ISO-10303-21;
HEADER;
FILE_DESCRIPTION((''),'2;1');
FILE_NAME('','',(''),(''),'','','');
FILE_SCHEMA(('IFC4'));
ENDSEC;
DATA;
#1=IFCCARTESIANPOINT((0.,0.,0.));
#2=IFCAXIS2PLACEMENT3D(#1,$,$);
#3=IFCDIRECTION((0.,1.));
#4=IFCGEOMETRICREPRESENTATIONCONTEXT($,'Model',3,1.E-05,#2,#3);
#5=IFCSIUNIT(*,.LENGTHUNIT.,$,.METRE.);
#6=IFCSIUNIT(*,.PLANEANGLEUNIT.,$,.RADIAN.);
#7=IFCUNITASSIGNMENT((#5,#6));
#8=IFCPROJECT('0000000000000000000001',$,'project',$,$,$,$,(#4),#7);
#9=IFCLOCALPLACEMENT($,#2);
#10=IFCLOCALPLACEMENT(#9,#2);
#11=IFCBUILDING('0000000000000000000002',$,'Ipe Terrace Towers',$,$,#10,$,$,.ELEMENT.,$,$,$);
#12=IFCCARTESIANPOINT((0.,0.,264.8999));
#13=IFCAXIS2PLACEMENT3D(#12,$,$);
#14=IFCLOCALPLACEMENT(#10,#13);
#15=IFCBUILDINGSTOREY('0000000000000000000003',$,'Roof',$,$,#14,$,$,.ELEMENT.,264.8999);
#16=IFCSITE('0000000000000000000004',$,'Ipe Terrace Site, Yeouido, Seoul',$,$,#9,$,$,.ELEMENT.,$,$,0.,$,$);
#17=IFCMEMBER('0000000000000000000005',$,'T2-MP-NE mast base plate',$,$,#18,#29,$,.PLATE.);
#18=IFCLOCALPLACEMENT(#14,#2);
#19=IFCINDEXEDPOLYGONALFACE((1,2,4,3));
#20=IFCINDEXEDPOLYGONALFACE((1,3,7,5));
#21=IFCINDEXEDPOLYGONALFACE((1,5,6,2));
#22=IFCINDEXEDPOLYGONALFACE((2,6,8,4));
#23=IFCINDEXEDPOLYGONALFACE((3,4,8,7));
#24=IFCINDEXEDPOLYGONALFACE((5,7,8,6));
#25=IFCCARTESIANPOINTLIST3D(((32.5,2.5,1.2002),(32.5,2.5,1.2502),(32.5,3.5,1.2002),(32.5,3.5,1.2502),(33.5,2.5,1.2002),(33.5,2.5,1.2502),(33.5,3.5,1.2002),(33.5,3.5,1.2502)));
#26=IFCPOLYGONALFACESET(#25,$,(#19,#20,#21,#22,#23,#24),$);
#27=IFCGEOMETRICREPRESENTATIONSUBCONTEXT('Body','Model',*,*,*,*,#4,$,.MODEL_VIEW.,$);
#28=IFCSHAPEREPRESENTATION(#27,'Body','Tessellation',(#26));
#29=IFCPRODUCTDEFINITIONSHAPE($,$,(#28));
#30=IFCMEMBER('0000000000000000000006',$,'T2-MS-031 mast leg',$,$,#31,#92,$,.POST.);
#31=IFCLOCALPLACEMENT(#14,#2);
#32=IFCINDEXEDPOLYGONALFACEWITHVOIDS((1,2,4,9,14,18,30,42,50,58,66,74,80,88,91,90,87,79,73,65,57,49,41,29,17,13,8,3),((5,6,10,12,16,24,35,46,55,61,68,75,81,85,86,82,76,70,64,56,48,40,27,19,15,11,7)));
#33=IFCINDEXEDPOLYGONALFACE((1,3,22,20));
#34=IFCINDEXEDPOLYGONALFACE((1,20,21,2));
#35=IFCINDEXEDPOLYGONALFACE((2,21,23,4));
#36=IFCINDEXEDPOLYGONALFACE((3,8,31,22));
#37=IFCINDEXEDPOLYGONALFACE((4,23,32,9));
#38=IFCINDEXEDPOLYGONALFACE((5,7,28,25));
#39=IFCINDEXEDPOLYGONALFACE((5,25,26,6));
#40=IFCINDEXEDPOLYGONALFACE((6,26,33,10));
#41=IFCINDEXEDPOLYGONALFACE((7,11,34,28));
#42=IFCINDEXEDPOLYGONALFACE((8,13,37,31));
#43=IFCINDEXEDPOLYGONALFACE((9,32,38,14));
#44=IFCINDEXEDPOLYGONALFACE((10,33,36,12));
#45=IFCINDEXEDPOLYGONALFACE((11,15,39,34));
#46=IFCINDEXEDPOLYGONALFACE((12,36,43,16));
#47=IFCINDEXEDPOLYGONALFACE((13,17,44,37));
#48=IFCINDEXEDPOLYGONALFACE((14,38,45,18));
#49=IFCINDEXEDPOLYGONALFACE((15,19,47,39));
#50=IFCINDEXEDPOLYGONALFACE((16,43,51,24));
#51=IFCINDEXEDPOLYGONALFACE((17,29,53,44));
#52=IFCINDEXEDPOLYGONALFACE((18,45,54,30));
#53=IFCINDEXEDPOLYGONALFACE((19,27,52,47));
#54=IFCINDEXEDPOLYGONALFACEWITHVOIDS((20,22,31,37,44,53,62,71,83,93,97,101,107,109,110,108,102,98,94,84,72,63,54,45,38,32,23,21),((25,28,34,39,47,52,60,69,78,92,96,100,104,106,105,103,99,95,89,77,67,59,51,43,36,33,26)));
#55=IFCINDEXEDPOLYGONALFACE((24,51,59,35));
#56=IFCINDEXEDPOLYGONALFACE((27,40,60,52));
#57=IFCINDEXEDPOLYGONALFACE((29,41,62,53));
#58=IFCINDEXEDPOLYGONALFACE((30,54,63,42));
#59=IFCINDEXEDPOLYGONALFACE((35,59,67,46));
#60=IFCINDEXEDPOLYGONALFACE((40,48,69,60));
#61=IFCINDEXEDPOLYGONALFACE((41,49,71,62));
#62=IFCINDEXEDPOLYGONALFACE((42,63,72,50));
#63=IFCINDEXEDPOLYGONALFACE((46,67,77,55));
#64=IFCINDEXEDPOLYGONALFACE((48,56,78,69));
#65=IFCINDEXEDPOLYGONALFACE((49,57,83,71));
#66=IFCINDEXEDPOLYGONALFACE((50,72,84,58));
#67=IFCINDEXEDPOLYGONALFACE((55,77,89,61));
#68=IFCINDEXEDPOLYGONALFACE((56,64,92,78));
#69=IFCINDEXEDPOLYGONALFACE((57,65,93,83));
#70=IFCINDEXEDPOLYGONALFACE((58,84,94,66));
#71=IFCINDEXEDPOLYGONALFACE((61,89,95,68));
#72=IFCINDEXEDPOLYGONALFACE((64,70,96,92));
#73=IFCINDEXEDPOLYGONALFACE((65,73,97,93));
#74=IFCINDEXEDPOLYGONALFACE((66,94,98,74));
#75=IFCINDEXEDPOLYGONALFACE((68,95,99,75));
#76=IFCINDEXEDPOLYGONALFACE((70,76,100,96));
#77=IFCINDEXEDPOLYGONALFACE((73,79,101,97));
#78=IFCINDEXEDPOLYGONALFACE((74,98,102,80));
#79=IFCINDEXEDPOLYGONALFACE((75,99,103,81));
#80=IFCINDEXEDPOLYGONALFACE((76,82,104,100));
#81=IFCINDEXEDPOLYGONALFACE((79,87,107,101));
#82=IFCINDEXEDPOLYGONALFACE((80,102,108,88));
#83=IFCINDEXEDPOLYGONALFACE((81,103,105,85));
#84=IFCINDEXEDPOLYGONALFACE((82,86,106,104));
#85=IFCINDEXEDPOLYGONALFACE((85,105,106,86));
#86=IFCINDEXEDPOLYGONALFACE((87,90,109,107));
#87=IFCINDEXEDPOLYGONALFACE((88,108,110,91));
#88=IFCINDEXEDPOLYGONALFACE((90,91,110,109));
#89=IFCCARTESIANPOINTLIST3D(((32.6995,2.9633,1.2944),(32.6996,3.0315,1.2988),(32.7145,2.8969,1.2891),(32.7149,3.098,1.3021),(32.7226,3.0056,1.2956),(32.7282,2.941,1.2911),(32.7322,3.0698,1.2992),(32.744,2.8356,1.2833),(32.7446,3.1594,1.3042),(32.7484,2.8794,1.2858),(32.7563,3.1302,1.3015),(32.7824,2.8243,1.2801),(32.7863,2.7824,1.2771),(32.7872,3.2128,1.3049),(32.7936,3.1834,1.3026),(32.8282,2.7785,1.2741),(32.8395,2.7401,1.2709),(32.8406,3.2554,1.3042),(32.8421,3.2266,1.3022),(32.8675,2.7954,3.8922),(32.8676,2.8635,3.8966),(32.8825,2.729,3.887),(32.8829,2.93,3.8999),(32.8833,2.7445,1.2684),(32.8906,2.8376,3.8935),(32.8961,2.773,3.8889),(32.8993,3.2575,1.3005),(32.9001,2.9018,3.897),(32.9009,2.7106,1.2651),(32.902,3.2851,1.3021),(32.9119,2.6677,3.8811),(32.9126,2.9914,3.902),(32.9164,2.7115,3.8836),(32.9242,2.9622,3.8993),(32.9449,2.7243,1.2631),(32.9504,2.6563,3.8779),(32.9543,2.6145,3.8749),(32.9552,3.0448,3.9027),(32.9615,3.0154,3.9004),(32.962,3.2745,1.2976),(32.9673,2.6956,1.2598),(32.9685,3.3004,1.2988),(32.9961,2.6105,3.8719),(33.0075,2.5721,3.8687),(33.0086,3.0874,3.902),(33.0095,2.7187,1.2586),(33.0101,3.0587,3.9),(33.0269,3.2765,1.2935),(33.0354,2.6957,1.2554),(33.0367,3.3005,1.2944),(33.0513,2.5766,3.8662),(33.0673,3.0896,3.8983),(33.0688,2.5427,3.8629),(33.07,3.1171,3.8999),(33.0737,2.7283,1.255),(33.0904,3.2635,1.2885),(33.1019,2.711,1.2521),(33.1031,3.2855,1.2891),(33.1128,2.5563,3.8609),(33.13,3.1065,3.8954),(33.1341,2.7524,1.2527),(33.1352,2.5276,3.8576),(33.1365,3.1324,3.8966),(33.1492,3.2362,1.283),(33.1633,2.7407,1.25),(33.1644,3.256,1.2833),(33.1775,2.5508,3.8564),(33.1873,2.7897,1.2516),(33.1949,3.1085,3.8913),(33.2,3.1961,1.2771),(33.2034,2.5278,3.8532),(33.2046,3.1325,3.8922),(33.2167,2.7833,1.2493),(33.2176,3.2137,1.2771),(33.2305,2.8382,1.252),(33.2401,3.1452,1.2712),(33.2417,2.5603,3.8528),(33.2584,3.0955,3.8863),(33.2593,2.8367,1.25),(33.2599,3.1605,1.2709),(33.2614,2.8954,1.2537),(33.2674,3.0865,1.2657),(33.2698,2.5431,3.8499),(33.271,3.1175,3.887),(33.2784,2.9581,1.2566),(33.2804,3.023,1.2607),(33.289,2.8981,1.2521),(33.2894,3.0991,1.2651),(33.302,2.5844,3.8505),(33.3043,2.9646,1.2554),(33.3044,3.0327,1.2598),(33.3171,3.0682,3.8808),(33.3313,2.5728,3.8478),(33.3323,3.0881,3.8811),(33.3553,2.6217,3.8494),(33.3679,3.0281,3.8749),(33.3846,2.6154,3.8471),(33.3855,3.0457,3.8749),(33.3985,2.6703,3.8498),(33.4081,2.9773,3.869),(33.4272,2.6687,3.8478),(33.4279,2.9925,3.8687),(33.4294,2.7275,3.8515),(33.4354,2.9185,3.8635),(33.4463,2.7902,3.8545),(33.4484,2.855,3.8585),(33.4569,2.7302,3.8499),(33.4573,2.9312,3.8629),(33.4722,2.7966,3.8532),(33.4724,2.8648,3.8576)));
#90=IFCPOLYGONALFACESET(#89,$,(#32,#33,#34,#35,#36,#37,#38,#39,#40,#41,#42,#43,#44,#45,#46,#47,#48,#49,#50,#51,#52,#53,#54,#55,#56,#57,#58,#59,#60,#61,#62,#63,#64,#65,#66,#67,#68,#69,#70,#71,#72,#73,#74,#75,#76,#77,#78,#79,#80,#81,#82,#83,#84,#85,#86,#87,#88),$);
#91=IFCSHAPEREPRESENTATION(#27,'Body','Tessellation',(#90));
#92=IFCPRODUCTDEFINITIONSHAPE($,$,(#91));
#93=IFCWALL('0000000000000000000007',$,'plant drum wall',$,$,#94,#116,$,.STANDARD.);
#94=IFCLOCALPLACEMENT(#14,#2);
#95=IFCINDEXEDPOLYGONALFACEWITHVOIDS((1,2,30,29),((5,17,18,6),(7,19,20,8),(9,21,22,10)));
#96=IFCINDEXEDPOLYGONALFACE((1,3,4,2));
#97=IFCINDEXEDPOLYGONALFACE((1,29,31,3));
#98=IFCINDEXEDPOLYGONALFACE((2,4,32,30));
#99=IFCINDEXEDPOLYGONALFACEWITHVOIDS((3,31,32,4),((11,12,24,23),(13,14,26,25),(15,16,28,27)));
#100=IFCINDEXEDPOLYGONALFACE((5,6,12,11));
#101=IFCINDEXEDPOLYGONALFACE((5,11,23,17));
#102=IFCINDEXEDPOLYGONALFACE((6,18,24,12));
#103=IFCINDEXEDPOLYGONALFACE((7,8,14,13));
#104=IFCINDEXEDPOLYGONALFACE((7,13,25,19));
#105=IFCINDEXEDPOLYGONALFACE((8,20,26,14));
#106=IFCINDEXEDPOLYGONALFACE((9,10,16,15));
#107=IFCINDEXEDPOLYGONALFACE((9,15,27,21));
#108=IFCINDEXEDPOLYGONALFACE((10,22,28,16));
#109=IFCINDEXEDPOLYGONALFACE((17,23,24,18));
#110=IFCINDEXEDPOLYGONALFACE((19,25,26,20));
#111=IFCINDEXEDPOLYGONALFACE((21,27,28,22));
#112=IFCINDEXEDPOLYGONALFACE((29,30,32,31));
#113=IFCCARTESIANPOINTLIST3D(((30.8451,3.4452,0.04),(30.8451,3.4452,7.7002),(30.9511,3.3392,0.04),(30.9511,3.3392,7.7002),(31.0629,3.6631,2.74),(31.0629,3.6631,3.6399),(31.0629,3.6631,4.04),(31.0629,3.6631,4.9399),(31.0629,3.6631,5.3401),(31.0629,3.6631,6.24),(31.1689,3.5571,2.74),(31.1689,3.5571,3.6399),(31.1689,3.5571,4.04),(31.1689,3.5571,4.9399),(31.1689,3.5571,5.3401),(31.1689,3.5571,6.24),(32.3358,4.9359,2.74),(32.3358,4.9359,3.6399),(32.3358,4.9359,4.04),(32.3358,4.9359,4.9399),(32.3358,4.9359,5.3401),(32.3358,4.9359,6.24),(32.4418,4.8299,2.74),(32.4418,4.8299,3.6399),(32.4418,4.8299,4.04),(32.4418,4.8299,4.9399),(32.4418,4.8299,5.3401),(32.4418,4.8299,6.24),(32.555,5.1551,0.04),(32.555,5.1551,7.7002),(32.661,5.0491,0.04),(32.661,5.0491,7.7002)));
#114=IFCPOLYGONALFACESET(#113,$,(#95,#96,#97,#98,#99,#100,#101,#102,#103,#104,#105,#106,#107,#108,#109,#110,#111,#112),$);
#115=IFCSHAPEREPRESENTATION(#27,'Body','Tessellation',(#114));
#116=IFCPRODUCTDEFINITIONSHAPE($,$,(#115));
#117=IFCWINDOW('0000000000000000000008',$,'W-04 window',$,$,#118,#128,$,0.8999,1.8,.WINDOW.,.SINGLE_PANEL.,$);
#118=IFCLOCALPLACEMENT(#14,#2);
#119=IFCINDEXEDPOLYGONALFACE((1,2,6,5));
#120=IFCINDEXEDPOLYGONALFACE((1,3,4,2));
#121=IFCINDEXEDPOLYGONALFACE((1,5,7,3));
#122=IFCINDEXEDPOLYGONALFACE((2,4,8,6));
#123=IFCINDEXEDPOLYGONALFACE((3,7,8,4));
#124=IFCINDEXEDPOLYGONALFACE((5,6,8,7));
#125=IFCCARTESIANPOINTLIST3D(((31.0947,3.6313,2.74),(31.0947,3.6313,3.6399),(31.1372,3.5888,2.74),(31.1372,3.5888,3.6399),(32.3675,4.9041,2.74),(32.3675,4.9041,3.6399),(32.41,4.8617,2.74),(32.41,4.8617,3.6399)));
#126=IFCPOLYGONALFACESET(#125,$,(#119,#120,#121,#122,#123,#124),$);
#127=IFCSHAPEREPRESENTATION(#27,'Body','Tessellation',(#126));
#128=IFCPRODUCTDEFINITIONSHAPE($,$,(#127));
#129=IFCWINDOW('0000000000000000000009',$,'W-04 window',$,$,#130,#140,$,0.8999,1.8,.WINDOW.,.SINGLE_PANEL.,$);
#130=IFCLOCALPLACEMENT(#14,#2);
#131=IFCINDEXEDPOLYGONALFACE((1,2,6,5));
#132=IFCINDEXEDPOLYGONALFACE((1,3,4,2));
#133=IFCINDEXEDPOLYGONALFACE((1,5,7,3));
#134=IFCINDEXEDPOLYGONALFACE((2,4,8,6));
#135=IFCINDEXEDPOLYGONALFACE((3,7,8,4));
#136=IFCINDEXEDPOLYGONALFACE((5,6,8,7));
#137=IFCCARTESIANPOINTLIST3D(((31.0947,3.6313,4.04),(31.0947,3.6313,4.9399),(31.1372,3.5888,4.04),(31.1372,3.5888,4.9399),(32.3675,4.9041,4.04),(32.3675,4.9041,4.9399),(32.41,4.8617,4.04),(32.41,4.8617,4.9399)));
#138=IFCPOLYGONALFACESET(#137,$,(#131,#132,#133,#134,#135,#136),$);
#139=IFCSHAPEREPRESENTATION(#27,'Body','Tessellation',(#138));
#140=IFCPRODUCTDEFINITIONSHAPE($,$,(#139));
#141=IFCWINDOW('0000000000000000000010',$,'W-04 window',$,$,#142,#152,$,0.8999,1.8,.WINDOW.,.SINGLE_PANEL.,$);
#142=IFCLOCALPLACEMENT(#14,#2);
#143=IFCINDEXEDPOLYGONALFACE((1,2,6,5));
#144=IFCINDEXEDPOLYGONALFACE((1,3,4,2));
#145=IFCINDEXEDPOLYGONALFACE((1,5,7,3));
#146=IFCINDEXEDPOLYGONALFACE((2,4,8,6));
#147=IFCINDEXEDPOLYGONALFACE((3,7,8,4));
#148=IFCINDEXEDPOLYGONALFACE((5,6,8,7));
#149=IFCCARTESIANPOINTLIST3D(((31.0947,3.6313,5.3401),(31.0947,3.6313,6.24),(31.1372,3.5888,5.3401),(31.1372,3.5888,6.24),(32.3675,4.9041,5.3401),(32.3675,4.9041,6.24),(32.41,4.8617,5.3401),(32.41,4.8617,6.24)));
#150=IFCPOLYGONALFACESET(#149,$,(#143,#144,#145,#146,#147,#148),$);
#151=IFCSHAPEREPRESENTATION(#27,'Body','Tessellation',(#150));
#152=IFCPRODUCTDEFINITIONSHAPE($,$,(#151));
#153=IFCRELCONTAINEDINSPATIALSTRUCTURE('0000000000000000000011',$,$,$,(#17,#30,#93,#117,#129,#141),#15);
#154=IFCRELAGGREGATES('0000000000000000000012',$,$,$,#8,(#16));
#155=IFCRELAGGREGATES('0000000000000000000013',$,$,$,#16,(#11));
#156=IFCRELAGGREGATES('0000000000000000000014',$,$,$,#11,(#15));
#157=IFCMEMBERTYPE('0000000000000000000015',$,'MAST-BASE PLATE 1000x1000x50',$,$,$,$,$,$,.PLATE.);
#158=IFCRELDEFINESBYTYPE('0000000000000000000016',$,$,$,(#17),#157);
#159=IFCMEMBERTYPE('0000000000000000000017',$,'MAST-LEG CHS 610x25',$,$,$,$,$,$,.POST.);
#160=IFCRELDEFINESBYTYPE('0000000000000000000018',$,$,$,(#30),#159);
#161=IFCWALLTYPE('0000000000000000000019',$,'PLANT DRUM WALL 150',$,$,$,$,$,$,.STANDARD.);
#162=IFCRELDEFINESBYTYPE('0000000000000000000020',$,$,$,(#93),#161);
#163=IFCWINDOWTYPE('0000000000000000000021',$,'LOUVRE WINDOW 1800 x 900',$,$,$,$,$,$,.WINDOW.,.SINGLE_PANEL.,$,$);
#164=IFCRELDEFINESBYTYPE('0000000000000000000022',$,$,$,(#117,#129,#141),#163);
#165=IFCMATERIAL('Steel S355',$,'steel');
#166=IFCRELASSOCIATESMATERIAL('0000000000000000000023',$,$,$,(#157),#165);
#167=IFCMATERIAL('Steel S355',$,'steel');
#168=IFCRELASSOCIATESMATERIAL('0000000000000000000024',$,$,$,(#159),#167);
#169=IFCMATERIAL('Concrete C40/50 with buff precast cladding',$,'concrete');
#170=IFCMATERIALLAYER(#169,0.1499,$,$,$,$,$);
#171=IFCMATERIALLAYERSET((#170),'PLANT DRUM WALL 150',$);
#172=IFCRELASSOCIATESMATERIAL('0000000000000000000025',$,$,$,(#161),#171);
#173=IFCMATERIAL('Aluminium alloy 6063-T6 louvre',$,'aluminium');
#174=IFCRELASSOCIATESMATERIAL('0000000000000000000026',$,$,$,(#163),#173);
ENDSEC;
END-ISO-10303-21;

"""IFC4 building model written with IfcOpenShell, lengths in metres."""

from ifc_helpers import new_model, si_unit, direction, frame, frame_2d, origin, origin_2d, place, context, subcontext, project, spatial, rectangle, hollow_circle, extrude, material, layer, layer_set, material_profile, profile_set, type_object, element, fill, save


model = new_model("IFC4")

# Units and contexts
model_context = context("Model", 3, precision=1e-05, world=origin(), true_north=direction((0.0, 1.0)))
body_context = subcontext(model_context, "Body", "Model", "MODEL_VIEW")
ifc_project = project(units=[si_unit("LENGTHUNIT", "METRE"), si_unit("PLANEANGLEUNIT", "RADIAN")], contexts=[model_context])

# Site, building, storey
site_placement = place(None, origin())
site = spatial("IfcSite", under=ifc_project, at=site_placement, Name="Ipe Terrace Site, Yeouido, Seoul", CompositionType="ELEMENT", RefElevation=0.0)
building_placement = place(site_placement, origin())
building = spatial("IfcBuilding", under=site, at=building_placement, Name="Ipe Terrace Towers", CompositionType="ELEMENT")
storey_placement = place(building_placement, frame((0.0, 0.0, 264.8999)))
storey = spatial("IfcBuildingStorey", under=building, at=storey_placement, Name="Roof", CompositionType="ELEMENT", Elevation=264.8999)

# Members
ifc_material_1 = material(Name="Steel S355", Category="steel")
member_type_1 = type_object("IfcMemberType", Name="MAST-BASE PLATE 1000x1000x50", PredefinedType="PLATE", material=ifc_material_1)
member_1_placement = place(storey_placement, frame((33.0, 3.0, 1.2002), z_axis=(0.0, 0.0, 1.0), x_axis=(1.0, 0.0, 0.0)))
element("IfcMember", 1, at=member_1_placement, inside=storey, type_object=member_type_1, Name="T2-MP-NE mast base plate", PredefinedType="PLATE", context=body_context, shape_type="SweptSolid", body=[
    extrude(rectangle(XDim=1.0, YDim=1.0, at=origin_2d()), origin(), (0.0, 0.0, 1.0), 0.05),
])
ifc_material_2 = material(Name="Steel S355", Category="steel")
ifc_material_profile = material_profile(ifc_material_2, hollow_circle(Radius=0.3049, WallThickness=0.0249, at=origin_2d()), Name="MAST-LEG CHS 610x25")
ifc_profile_set = profile_set([ifc_material_profile], Name="Steel S355")
member_type_2 = type_object("IfcMemberType", Name="MAST-LEG CHS 610x25", PredefinedType="POST", material=ifc_profile_set)
member_2_placement = place(storey_placement, frame((33.002, 2.998, 1.2771), z_axis=(0.064387, -0.064387, 0.995846), x_axis=(0.707107, 0.707107, 0.0)))
element("IfcMember", 2, at=member_2_placement, inside=storey, type_object=member_type_2, Name="T2-MS-031 mast leg", PredefinedType="POST", context=body_context, shape_type="SweptSolid", body=[
    extrude(hollow_circle(Radius=0.3049, WallThickness=0.0249, at=origin_2d()), origin(), (0.0, 0.0, 1.0), 2.6086),
])

# Wall, openings, windows
ifc_material_3 = material(Name="Concrete C40/50 with buff precast cladding", Category="concrete")
ifc_layer_1 = layer(ifc_material_3, 0.1499)
ifc_layer_set_1 = layer_set([ifc_layer_1], Name="PLANT DRUM WALL 150")
wall_type_1 = type_object("IfcWallType", Name="PLANT DRUM WALL 150", PredefinedType="STANDARD", material=ifc_layer_set_1)
wall_1_placement = place(storey_placement, frame((32.6079, 5.1021, 0.04), z_axis=(0.0, 0.0, 1.0), x_axis=(-0.707107, -0.707107, 0.0)))
wall_1 = element("IfcWall", 3, at=wall_1_placement, inside=storey, type_object=wall_type_1, Name="plant drum wall", PredefinedType="STANDARD", context=body_context, shape_type="SweptSolid", body=[
    extrude(rectangle(XDim=2.4182, YDim=0.1499, at=frame_2d((1.209, 0.0))), origin(), (0.0, 0.0, 1.0), 7.6602),
])
opening_1_placement = place(wall_1_placement, frame((0.3101, 0.0, 2.7)))
opening_1 = element("IfcOpeningElement", 4, at=opening_1_placement, cuts=wall_1, PredefinedType="OPENING", context=body_context, shape_type="SweptSolid", body=[
    extrude(rectangle(XDim=1.8, YDim=0.8999, at=frame_2d((0.8999, 0.45))), frame((0.0, 0.085, 0.0), z_axis=(0.0, -1.0, 0.0), x_axis=(1.0, 0.0, 0.0)), (0.0, 0.0, 1.0), 0.1699),
])
opening_2_placement = place(wall_1_placement, frame((0.3101, 0.0, 4.0)))
opening_2 = element("IfcOpeningElement", 5, at=opening_2_placement, cuts=wall_1, PredefinedType="OPENING", context=body_context, shape_type="SweptSolid", body=[
    extrude(rectangle(XDim=1.8, YDim=0.8999, at=frame_2d((0.8999, 0.45))), frame((0.0, 0.085, 0.0), z_axis=(0.0, -1.0, 0.0), x_axis=(1.0, 0.0, 0.0)), (0.0, 0.0, 1.0), 0.1699),
])
opening_3_placement = place(wall_1_placement, frame((0.3101, 0.0, 5.3)))
opening_3 = element("IfcOpeningElement", 6, at=opening_3_placement, cuts=wall_1, PredefinedType="OPENING", context=body_context, shape_type="SweptSolid", body=[
    extrude(rectangle(XDim=1.8, YDim=0.8999, at=frame_2d((0.8999, 0.45))), frame((0.0, 0.085, 0.0), z_axis=(0.0, -1.0, 0.0), x_axis=(1.0, 0.0, 0.0)), (0.0, 0.0, 1.0), 0.1699),
])
ifc_material_4 = material(Name="Aluminium alloy 6063-T6 louvre", Category="aluminium")
window_type = type_object("IfcWindowType", Name="LOUVRE WINDOW 1800 x 900", PartitioningType="SINGLE_PANEL", PredefinedType="WINDOW", material=ifc_material_4)
window_1_placement = place(opening_1_placement, origin())
window_1 = element("IfcWindow", 7, at=window_1_placement, inside=storey, type_object=window_type, Name="W-04 window", OverallHeight=0.8999, OverallWidth=1.8, PartitioningType="SINGLE_PANEL", PredefinedType="WINDOW", context=body_context, shape_type="SweptSolid", body=[
    extrude(rectangle(XDim=1.8, YDim=0.8999, at=frame_2d((0.8999, 0.45))), frame((0.0, 0.03, 0.0), z_axis=(0.0, -1.0, 0.0), x_axis=(1.0, 0.0, 0.0)), (0.0, 0.0, 1.0), 0.0601),
])
fill(opening_1, window_1)
window_2_placement = place(opening_2_placement, origin())
window_2 = element("IfcWindow", 8, at=window_2_placement, inside=storey, type_object=window_type, Name="W-04 window", OverallHeight=0.8999, OverallWidth=1.8, PartitioningType="SINGLE_PANEL", PredefinedType="WINDOW", context=body_context, shape_type="SweptSolid", body=[
    extrude(rectangle(XDim=1.8, YDim=0.8999, at=frame_2d((0.8999, 0.45))), frame((0.0, 0.03, 0.0), z_axis=(0.0, -1.0, 0.0), x_axis=(1.0, 0.0, 0.0)), (0.0, 0.0, 1.0), 0.0601),
])
fill(opening_2, window_2)
window_3_placement = place(opening_3_placement, origin())
window_3 = element("IfcWindow", 9, at=window_3_placement, inside=storey, type_object=window_type, Name="W-04 window", OverallHeight=0.8999, OverallWidth=1.8, PartitioningType="SINGLE_PANEL", PredefinedType="WINDOW", context=body_context, shape_type="SweptSolid", body=[
    extrude(rectangle(XDim=1.8, YDim=0.8999, at=frame_2d((0.8999, 0.45))), frame((0.0, 0.03, 0.0), z_axis=(0.0, -1.0, 0.0), x_axis=(1.0, 0.0, 0.0)), (0.0, 0.0, 1.0), 0.0601),
])
fill(opening_3, window_3)

save(model, "model.ifc")
